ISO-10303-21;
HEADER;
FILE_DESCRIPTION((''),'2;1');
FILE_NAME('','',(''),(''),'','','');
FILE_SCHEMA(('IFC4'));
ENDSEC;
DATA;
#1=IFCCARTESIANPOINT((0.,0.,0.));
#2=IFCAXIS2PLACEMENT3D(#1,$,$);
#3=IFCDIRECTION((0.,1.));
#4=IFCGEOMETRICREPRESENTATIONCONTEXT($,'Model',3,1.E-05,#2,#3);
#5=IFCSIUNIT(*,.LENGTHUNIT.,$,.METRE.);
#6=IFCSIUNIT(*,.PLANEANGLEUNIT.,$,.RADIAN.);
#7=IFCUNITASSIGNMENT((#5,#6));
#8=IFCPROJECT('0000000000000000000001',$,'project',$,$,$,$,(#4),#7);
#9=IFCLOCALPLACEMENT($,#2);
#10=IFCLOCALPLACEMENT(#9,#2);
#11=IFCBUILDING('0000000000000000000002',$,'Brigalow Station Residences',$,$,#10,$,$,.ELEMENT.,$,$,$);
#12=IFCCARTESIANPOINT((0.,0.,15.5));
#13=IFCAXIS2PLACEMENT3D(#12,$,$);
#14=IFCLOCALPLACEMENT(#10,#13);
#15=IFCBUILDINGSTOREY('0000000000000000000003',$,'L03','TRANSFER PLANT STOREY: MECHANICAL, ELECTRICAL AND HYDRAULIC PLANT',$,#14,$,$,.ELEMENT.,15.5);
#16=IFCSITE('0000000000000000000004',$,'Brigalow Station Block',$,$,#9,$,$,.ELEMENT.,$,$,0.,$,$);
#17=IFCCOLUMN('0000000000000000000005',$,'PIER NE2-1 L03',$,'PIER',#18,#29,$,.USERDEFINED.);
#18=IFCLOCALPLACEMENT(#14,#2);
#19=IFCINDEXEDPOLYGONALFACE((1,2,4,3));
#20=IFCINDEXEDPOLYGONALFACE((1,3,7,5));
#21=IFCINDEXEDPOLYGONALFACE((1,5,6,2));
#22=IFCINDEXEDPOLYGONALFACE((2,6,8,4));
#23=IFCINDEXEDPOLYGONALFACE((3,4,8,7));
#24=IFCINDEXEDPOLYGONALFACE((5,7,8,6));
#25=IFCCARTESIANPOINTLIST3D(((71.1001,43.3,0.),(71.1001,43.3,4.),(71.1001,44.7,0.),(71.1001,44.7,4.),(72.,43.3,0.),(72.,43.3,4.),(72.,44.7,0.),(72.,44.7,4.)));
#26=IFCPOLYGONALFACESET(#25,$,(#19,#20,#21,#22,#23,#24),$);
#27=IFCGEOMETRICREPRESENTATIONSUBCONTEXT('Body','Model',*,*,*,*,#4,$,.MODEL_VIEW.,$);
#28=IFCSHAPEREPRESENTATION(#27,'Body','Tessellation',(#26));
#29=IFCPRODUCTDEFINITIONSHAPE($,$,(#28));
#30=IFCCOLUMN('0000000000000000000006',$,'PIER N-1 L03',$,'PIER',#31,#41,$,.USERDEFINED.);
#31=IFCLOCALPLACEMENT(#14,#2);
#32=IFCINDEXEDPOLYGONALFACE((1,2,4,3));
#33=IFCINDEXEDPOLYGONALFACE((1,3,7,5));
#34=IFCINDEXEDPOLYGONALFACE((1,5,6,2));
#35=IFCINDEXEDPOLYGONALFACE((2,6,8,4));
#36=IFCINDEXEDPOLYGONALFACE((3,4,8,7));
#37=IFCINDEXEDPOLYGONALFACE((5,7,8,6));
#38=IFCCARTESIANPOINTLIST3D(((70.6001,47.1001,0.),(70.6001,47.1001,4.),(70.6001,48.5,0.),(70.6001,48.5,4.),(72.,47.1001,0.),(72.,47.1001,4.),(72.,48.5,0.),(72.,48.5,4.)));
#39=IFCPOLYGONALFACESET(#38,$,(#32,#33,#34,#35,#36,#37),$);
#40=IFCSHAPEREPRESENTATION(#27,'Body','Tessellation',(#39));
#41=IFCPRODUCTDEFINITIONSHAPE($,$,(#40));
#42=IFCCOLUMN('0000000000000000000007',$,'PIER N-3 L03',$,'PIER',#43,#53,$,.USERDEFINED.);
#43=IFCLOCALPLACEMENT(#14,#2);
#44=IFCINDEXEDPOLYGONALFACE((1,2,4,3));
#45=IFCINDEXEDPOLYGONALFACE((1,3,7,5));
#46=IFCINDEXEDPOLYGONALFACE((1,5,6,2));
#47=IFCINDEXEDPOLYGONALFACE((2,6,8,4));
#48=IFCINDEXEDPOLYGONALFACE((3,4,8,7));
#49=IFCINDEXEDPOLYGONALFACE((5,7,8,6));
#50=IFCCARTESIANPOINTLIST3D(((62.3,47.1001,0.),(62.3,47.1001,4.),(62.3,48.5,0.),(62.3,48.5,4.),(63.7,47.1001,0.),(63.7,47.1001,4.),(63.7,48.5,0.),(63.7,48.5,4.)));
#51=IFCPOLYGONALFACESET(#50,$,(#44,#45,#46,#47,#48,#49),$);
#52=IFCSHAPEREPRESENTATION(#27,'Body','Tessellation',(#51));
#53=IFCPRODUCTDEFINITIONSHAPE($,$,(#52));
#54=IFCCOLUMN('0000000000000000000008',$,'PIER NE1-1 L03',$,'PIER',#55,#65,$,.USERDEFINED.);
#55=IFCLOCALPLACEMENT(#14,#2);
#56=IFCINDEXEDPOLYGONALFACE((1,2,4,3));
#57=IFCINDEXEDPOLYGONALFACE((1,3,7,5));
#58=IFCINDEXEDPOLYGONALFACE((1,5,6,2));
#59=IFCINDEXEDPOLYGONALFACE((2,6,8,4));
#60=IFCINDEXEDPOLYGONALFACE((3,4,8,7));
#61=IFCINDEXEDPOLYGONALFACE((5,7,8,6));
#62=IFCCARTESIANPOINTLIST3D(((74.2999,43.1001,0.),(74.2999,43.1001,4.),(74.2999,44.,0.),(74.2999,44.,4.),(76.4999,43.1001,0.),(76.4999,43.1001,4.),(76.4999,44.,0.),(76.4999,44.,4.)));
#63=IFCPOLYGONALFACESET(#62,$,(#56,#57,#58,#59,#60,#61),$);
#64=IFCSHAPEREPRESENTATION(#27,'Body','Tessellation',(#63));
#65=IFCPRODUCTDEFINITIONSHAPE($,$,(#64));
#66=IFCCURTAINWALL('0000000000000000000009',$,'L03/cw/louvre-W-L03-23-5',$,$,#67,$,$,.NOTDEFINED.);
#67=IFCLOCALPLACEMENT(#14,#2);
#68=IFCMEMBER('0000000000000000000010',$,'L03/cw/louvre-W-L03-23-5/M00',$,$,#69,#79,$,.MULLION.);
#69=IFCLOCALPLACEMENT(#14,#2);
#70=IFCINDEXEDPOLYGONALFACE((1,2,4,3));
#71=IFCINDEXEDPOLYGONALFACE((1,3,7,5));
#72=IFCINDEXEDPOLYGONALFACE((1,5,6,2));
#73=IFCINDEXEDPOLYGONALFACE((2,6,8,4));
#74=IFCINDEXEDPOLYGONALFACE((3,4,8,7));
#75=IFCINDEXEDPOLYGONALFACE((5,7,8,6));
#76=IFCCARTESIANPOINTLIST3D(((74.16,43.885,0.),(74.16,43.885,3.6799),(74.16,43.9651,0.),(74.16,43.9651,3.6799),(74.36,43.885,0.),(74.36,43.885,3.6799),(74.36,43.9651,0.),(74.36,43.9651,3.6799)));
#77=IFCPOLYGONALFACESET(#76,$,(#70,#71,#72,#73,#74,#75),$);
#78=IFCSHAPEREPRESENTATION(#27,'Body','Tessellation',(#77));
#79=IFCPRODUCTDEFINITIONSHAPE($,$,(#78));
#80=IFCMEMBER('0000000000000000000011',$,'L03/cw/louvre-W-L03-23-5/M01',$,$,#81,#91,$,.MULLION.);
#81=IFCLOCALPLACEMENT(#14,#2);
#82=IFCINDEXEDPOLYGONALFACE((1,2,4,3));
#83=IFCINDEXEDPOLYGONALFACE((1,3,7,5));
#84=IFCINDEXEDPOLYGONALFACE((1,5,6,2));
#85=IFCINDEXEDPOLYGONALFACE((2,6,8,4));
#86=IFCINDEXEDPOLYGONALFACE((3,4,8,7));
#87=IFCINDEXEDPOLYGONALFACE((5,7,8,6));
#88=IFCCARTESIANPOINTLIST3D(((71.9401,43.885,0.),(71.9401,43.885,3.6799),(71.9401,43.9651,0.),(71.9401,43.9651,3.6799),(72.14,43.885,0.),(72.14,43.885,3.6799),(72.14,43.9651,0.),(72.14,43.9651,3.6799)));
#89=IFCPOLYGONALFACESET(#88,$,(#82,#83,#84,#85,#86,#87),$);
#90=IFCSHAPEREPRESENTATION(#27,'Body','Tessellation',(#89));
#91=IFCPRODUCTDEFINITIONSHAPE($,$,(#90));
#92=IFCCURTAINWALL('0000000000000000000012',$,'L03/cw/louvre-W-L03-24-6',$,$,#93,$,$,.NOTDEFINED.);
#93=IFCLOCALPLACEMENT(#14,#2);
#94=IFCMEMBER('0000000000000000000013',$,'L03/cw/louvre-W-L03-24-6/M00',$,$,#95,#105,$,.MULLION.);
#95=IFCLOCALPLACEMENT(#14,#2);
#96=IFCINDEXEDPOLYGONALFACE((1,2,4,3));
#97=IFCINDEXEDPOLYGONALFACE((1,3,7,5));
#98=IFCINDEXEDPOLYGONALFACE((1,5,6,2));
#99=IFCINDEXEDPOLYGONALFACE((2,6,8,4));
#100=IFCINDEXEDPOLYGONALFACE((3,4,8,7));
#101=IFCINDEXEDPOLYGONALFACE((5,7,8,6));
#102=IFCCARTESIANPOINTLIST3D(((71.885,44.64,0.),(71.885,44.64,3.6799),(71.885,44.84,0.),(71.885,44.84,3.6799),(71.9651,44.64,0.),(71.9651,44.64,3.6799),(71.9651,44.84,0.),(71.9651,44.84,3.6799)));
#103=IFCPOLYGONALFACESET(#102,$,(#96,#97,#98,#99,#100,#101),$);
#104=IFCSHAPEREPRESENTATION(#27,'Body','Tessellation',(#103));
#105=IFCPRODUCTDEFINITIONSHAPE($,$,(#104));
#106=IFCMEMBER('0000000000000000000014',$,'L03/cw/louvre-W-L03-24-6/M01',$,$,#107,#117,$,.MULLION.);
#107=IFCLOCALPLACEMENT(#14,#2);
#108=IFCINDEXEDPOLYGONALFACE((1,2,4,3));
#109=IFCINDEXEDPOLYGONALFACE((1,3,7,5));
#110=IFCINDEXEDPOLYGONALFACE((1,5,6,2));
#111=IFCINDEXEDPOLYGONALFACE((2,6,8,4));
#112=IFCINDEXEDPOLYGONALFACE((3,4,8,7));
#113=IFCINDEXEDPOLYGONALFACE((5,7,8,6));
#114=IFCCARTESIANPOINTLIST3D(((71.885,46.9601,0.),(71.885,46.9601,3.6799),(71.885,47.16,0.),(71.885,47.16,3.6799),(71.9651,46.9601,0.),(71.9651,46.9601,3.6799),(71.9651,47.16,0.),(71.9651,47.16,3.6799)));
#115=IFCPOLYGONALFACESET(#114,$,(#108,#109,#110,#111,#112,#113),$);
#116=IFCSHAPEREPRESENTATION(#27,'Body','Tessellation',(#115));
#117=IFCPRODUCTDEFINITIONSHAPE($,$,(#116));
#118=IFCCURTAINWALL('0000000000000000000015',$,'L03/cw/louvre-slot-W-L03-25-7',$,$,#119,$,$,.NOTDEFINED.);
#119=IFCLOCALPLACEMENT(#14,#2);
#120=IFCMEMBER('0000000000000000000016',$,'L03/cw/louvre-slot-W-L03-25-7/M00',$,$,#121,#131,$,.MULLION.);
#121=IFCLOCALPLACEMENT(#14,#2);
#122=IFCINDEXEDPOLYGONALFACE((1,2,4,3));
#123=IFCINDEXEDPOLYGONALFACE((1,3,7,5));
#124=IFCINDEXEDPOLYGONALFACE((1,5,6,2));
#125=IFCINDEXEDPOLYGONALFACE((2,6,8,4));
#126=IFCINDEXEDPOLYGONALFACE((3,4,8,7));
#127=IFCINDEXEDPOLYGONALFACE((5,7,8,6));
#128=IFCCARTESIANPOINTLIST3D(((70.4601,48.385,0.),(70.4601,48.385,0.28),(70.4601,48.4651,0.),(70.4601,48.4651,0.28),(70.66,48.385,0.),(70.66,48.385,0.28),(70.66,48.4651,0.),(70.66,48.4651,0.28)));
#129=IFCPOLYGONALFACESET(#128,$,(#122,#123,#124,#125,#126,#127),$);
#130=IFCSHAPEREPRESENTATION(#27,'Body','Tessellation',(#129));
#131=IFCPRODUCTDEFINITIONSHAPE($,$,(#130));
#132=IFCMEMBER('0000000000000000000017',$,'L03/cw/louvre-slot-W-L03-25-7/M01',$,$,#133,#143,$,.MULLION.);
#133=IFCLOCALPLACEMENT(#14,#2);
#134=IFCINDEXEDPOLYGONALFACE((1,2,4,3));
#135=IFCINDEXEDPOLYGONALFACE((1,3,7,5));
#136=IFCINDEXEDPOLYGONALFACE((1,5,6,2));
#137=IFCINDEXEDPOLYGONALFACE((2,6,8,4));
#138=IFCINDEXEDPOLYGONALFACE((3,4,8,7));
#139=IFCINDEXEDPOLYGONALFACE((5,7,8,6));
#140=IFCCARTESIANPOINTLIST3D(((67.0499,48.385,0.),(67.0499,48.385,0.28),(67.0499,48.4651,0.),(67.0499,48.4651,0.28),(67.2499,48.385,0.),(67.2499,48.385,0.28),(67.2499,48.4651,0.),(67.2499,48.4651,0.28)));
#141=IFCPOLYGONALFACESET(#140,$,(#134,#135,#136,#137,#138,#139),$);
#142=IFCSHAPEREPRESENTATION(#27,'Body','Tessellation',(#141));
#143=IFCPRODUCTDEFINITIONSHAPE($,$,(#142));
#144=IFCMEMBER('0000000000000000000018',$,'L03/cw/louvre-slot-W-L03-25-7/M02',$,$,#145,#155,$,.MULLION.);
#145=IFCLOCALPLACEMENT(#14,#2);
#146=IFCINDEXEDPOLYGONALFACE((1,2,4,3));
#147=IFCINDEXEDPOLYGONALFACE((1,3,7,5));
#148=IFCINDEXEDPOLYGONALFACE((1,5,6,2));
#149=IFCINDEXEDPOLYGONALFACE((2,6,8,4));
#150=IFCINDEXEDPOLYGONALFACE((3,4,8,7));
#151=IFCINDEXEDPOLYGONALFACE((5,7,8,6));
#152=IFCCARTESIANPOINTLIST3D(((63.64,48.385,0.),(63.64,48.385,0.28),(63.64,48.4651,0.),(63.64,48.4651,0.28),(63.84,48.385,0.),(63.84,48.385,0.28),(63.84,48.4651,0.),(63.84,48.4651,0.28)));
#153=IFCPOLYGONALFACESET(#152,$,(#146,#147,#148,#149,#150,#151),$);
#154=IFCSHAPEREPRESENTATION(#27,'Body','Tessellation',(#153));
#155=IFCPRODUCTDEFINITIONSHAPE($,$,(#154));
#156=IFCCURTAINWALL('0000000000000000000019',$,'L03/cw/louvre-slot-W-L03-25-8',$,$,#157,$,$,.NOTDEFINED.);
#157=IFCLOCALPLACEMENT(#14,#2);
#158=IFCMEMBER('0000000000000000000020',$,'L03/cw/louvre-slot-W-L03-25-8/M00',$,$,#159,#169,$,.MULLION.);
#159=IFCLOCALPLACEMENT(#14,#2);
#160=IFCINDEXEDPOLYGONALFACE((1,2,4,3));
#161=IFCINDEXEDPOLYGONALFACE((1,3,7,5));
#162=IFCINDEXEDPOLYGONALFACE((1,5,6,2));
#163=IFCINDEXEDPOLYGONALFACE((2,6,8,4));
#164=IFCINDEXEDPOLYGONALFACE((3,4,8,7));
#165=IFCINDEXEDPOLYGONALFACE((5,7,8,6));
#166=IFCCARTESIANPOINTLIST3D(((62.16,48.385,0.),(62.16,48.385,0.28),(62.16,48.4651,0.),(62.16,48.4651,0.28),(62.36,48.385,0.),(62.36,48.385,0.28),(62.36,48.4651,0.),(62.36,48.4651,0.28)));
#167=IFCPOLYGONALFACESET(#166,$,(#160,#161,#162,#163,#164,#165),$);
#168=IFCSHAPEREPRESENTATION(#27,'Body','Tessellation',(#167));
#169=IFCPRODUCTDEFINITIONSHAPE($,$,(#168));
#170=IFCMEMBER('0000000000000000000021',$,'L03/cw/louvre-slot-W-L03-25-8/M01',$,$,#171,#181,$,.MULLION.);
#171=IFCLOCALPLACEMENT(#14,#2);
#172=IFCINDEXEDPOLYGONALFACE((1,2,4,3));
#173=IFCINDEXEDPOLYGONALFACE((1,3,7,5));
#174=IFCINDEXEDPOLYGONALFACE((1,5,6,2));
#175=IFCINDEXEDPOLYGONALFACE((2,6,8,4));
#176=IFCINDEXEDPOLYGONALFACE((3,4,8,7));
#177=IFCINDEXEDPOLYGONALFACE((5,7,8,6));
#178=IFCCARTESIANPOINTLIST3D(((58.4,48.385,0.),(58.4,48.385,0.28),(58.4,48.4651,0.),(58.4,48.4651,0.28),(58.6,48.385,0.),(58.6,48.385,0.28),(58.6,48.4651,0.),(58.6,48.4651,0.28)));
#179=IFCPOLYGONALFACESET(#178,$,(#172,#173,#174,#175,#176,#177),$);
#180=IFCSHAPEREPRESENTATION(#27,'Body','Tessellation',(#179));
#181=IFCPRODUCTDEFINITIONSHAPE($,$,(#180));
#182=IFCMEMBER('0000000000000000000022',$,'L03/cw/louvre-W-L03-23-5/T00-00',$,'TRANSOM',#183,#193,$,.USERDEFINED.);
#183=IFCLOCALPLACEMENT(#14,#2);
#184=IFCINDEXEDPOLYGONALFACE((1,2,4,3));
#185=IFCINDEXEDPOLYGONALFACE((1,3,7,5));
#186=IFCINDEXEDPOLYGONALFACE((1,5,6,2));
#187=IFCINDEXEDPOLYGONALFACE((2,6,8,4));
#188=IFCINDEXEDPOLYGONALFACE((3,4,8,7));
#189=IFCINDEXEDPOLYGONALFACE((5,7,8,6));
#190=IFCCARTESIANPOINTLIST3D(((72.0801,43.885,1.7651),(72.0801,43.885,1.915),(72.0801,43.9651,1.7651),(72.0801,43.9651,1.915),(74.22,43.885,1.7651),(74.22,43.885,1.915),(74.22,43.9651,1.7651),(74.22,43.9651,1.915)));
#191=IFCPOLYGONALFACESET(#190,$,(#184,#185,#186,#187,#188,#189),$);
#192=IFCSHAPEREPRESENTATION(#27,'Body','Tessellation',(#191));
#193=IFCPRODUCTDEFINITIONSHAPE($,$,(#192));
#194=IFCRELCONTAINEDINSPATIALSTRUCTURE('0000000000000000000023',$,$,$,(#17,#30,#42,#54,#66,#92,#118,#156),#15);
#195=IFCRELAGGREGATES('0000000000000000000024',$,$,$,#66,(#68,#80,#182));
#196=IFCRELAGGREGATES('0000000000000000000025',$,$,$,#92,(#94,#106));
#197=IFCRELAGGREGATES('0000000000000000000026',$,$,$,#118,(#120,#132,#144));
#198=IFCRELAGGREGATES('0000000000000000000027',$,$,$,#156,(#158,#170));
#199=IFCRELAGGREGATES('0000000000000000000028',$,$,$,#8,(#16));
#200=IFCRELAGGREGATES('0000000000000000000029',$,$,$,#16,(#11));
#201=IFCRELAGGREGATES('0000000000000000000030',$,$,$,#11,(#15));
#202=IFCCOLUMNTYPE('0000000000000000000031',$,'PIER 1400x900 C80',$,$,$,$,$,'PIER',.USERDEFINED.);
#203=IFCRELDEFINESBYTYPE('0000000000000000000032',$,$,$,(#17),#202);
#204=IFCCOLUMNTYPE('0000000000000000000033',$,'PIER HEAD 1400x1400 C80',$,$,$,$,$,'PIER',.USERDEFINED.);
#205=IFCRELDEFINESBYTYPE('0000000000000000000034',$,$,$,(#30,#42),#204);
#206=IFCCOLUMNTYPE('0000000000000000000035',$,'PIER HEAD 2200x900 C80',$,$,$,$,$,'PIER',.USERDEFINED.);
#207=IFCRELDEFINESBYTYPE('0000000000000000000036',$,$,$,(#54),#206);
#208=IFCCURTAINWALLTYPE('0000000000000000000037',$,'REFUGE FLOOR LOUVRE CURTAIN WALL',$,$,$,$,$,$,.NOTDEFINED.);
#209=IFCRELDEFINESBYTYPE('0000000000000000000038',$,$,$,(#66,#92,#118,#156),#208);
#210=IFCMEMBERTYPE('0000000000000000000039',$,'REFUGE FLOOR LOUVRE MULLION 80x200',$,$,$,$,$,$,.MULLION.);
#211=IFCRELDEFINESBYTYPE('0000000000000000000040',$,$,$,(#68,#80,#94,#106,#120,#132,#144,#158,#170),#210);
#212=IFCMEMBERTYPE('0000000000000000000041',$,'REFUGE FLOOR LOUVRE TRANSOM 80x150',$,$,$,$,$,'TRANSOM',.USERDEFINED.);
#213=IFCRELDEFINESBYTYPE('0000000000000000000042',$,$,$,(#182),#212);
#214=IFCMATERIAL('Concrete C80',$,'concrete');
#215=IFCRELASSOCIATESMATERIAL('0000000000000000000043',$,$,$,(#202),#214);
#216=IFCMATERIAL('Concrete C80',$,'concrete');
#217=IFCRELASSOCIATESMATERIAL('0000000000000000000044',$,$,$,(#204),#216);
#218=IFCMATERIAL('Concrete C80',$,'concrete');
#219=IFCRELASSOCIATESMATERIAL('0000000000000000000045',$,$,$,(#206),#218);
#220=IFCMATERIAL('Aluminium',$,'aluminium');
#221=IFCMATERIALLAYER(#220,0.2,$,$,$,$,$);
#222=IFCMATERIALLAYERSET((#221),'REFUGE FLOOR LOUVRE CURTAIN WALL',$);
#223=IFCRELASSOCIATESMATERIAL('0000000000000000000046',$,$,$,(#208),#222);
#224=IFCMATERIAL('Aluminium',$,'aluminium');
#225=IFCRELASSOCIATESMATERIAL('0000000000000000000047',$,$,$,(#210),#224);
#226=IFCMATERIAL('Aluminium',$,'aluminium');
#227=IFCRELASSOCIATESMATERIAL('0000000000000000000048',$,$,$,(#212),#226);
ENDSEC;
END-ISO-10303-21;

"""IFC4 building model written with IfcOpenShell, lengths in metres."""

from ifc_helpers import new_model, si_unit, direction, frame, origin, origin_2d, place, context, subcontext, project, spatial, rectangle, extrude, material, layer, layer_set, material_profile, profile_set, type_object, element, aggregate, save


model = new_model("IFC4")

# Units and contexts
model_context = context("Model", 3, precision=1e-05, world=origin(), true_north=direction((0.0, 1.0)))
body_context = subcontext(model_context, "Body", "Model", "MODEL_VIEW")
ifc_project = project(units=[si_unit("LENGTHUNIT", "METRE"), si_unit("PLANEANGLEUNIT", "RADIAN")], contexts=[model_context])

# Site, building, storey
site_placement = place(None, origin())
site = spatial("IfcSite", under=ifc_project, at=site_placement, Name="Brigalow Station Block", CompositionType="ELEMENT", RefElevation=0.0)
building_placement = place(site_placement, origin())
building = spatial("IfcBuilding", under=site, at=building_placement, Name="Brigalow Station Residences", CompositionType="ELEMENT")
storey_placement = place(building_placement, frame((0.0, 0.0, 15.5)))
storey = spatial("IfcBuildingStorey", under=building, at=storey_placement, Name="L03", Description="TRANSFER PLANT STOREY: MECHANICAL, ELECTRICAL AND HYDRAULIC PLANT", CompositionType="ELEMENT", Elevation=15.5)

# Columns
ifc_material_1 = material(Name="Concrete C80", Category="concrete")
ifc_material_profile_1 = material_profile(ifc_material_1, rectangle(XDim=1.3999, YDim=0.8999, at=origin_2d()), Name="RC1400x900")
ifc_profile_set_1 = profile_set([ifc_material_profile_1], Name="Concrete C80")
column_type_1 = type_object("IfcColumnType", Name="PIER 1400x900 C80", ElementType="PIER", PredefinedType="USERDEFINED", material=ifc_profile_set_1)
column_1_placement = place(storey_placement, frame((71.55, 44.0, 0.0), z_axis=(0.0, 0.0, 1.0), x_axis=(0.0, 1.0, 0.0)))
element("IfcColumn", 1, at=column_1_placement, inside=storey, type_object=column_type_1, Name="PIER NE2-1 L03", ObjectType="PIER", PredefinedType="USERDEFINED", context=body_context, shape_type="SweptSolid", body=[
    extrude(rectangle(XDim=1.3999, YDim=0.8999, at=origin_2d()), origin(), (0.0, 0.0, 1.0), 4.0),
])
ifc_material_2 = material(Name="Concrete C80", Category="concrete")
ifc_material_profile_2 = material_profile(ifc_material_2, rectangle(XDim=1.3999, YDim=1.3999, at=origin_2d()), Name="RC1400x1400")
ifc_profile_set_2 = profile_set([ifc_material_profile_2], Name="Concrete C80")
column_type_2 = type_object("IfcColumnType", Name="PIER HEAD 1400x1400 C80", ElementType="PIER", PredefinedType="USERDEFINED", material=ifc_profile_set_2)
for number, where, z_axis, x_axis, name in (
    (2, (71.3, 47.8, 0.0), (0.0, 0.0, 1.0), (-1.0, 0.0, 0.0), "PIER N-1 L03"),
    (3, (63.0, 47.8, 0.0), (0.0, 0.0, 1.0), (-1.0, 0.0, 0.0), "PIER N-3 L03"),
):
    element("IfcColumn", number, at=place(storey_placement, frame(where, z_axis=z_axis, x_axis=x_axis)), inside=storey, type_object=column_type_2, Name=name, ObjectType="PIER", PredefinedType="USERDEFINED", context=body_context, shape_type="SweptSolid", body=[
        extrude(rectangle(XDim=1.3999, YDim=1.3999, at=origin_2d()), origin(), (0.0, 0.0, 1.0), 4.0),
    ])
ifc_material_3 = material(Name="Concrete C80", Category="concrete")
ifc_material_profile_3 = material_profile(ifc_material_3, rectangle(XDim=2.2, YDim=0.8999, at=origin_2d()), Name="RC2200x900")
ifc_profile_set_3 = profile_set([ifc_material_profile_3], Name="Concrete C80")
column_type_3 = type_object("IfcColumnType", Name="PIER HEAD 2200x900 C80", ElementType="PIER", PredefinedType="USERDEFINED", material=ifc_profile_set_3)
column_2_placement = place(storey_placement, frame((75.3999, 43.55, 0.0), z_axis=(0.0, 0.0, 1.0), x_axis=(-1.0, 0.0, 0.0)))
element("IfcColumn", 4, at=column_2_placement, inside=storey, type_object=column_type_3, Name="PIER NE1-1 L03", ObjectType="PIER", PredefinedType="USERDEFINED", context=body_context, shape_type="SweptSolid", body=[
    extrude(rectangle(XDim=2.2, YDim=0.8999, at=origin_2d()), origin(), (0.0, 0.0, 1.0), 4.0),
])

# Curtain walls, members
ifc_material_4 = material(Name="Aluminium", Category="aluminium")
ifc_layer_1 = layer(ifc_material_4, 0.2)
ifc_layer_set_1 = layer_set([ifc_layer_1], Name="REFUGE FLOOR LOUVRE CURTAIN WALL")
curtain_wall_type = type_object("IfcCurtainWallType", Name="REFUGE FLOOR LOUVRE CURTAIN WALL", PredefinedType="NOTDEFINED", material=ifc_layer_set_1)
curtain_wall_1_placement = place(storey_placement, origin())
curtain_wall_1 = element("IfcCurtainWall", 5, at=curtain_wall_1_placement, inside=storey, type_object=curtain_wall_type, Name="L03/cw/louvre-W-L03-23-5", PredefinedType="NOTDEFINED")
ifc_material_5 = material(Name="Aluminium", Category="aluminium")
ifc_material_profile_4 = material_profile(ifc_material_5, rectangle(XDim=0.0801, YDim=0.2, at=origin_2d()), Name="REFUGE FLOOR LOUVRE MULLION 80x200")
ifc_profile_set_4 = profile_set([ifc_material_profile_4], Name="Aluminium")
member_type_1 = type_object("IfcMemberType", Name="REFUGE FLOOR LOUVRE MULLION 80x200", PredefinedType="MULLION", material=ifc_profile_set_4)
member_1_placement = place(storey_placement, frame((74.26, 43.925, 0.0), z_axis=(0.0, 0.0, 1.0), x_axis=(0.0, -1.0, 0.0)))
member_1 = element("IfcMember", 6, at=member_1_placement, type_object=member_type_1, Name="L03/cw/louvre-W-L03-23-5/M00", PredefinedType="MULLION", context=body_context, shape_type="SweptSolid", body=[
    extrude(rectangle(XDim=0.0801, YDim=0.2, at=origin_2d()), origin(), (0.0, 0.0, 1.0), 3.6799),
])
member_2_placement = place(storey_placement, frame((72.04, 43.925, 0.0), z_axis=(0.0, 0.0, 1.0), x_axis=(0.0, -1.0, 0.0)))
member_2 = element("IfcMember", 7, at=member_2_placement, type_object=member_type_1, Name="L03/cw/louvre-W-L03-23-5/M01", PredefinedType="MULLION", context=body_context, shape_type="SweptSolid", body=[
    extrude(rectangle(XDim=0.0801, YDim=0.2, at=origin_2d()), origin(), (0.0, 0.0, 1.0), 3.6799),
])
curtain_wall_2_placement = place(storey_placement, origin())
curtain_wall_2 = element("IfcCurtainWall", 8, at=curtain_wall_2_placement, inside=storey, type_object=curtain_wall_type, Name="L03/cw/louvre-W-L03-24-6", PredefinedType="NOTDEFINED")
member_3_placement = place(storey_placement, frame((71.925, 44.74, 0.0), z_axis=(0.0, 0.0, 1.0), x_axis=(-1.0, 0.0, 0.0)))
member_3 = element("IfcMember", 9, at=member_3_placement, type_object=member_type_1, Name="L03/cw/louvre-W-L03-24-6/M00", PredefinedType="MULLION", context=body_context, shape_type="SweptSolid", body=[
    extrude(rectangle(XDim=0.0801, YDim=0.2, at=origin_2d()), origin(), (0.0, 0.0, 1.0), 3.6799),
])
member_4_placement = place(storey_placement, frame((71.925, 47.0601, 0.0), z_axis=(0.0, 0.0, 1.0), x_axis=(-1.0, 0.0, 0.0)))
member_4 = element("IfcMember", 10, at=member_4_placement, type_object=member_type_1, Name="L03/cw/louvre-W-L03-24-6/M01", PredefinedType="MULLION", context=body_context, shape_type="SweptSolid", body=[
    extrude(rectangle(XDim=0.0801, YDim=0.2, at=origin_2d()), origin(), (0.0, 0.0, 1.0), 3.6799),
])
curtain_wall_3_placement = place(storey_placement, origin())
curtain_wall_3 = element("IfcCurtainWall", 11, at=curtain_wall_3_placement, inside=storey, type_object=curtain_wall_type, Name="L03/cw/louvre-slot-W-L03-25-7", PredefinedType="NOTDEFINED")
member_5_placement = place(storey_placement, frame((70.5601, 48.425, 0.0), z_axis=(0.0, 0.0, 1.0), x_axis=(0.0, -1.0, 0.0)))
member_5 = element("IfcMember", 12, at=member_5_placement, type_object=member_type_1, Name="L03/cw/louvre-slot-W-L03-25-7/M00", PredefinedType="MULLION", context=body_context, shape_type="SweptSolid", body=[
    extrude(rectangle(XDim=0.0801, YDim=0.2, at=origin_2d()), origin(), (0.0, 0.0, 1.0), 0.28),
])
member_6_placement = place(storey_placement, frame((67.1499, 48.425, 0.0), z_axis=(0.0, 0.0, 1.0), x_axis=(0.0, -1.0, 0.0)))
member_6 = element("IfcMember", 13, at=member_6_placement, type_object=member_type_1, Name="L03/cw/louvre-slot-W-L03-25-7/M01", PredefinedType="MULLION", context=body_context, shape_type="SweptSolid", body=[
    extrude(rectangle(XDim=0.0801, YDim=0.2, at=origin_2d()), origin(), (0.0, 0.0, 1.0), 0.28),
])
member_7_placement = place(storey_placement, frame((63.74, 48.425, 0.0), z_axis=(0.0, 0.0, 1.0), x_axis=(0.0, -1.0, 0.0)))
member_7 = element("IfcMember", 14, at=member_7_placement, type_object=member_type_1, Name="L03/cw/louvre-slot-W-L03-25-7/M02", PredefinedType="MULLION", context=body_context, shape_type="SweptSolid", body=[
    extrude(rectangle(XDim=0.0801, YDim=0.2, at=origin_2d()), origin(), (0.0, 0.0, 1.0), 0.28),
])
curtain_wall_4_placement = place(storey_placement, origin())
curtain_wall_4 = element("IfcCurtainWall", 15, at=curtain_wall_4_placement, inside=storey, type_object=curtain_wall_type, Name="L03/cw/louvre-slot-W-L03-25-8", PredefinedType="NOTDEFINED")
member_8_placement = place(storey_placement, frame((62.26, 48.425, 0.0), z_axis=(0.0, 0.0, 1.0), x_axis=(0.0, -1.0, 0.0)))
member_8 = element("IfcMember", 16, at=member_8_placement, type_object=member_type_1, Name="L03/cw/louvre-slot-W-L03-25-8/M00", PredefinedType="MULLION", context=body_context, shape_type="SweptSolid", body=[
    extrude(rectangle(XDim=0.0801, YDim=0.2, at=origin_2d()), origin(), (0.0, 0.0, 1.0), 0.28),
])
member_9_placement = place(storey_placement, frame((58.5, 48.425, 0.0), z_axis=(0.0, 0.0, 1.0), x_axis=(0.0, -1.0, 0.0)))
member_9 = element("IfcMember", 17, at=member_9_placement, type_object=member_type_1, Name="L03/cw/louvre-slot-W-L03-25-8/M01", PredefinedType="MULLION", context=body_context, shape_type="SweptSolid", body=[
    extrude(rectangle(XDim=0.0801, YDim=0.2, at=origin_2d()), origin(), (0.0, 0.0, 1.0), 0.28),
])

# Member
ifc_material_6 = material(Name="Aluminium", Category="aluminium")
ifc_material_profile_5 = material_profile(ifc_material_6, rectangle(XDim=0.0801, YDim=0.1499, at=origin_2d()), Name="REFUGE FLOOR LOUVRE TRANSOM 80x150")
ifc_profile_set_5 = profile_set([ifc_material_profile_5], Name="Aluminium")
member_type_2 = type_object("IfcMemberType", Name="REFUGE FLOOR LOUVRE TRANSOM 80x150", ElementType="TRANSOM", PredefinedType="USERDEFINED", material=ifc_profile_set_5)
member_10_placement = place(storey_placement, frame((74.22, 43.925, 1.8401), z_axis=(-1.0, 0.0, 0.0), x_axis=(0.0, -1.0, 0.0)))
member_10 = element("IfcMember", 18, at=member_10_placement, type_object=member_type_2, Name="L03/cw/louvre-W-L03-23-5/T00-00", ObjectType="TRANSOM", PredefinedType="USERDEFINED", context=body_context, shape_type="SweptSolid", body=[
    extrude(rectangle(XDim=0.0801, YDim=0.1499, at=origin_2d()), origin(), (0.0, 0.0, 1.0), 2.1399),
])

aggregate(curtain_wall_1, [member_1, member_2, member_10])
aggregate(curtain_wall_2, [member_3, member_4])
aggregate(curtain_wall_3, [member_5, member_6, member_7])
aggregate(curtain_wall_4, [member_8, member_9])

save(model, "model.ifc")
